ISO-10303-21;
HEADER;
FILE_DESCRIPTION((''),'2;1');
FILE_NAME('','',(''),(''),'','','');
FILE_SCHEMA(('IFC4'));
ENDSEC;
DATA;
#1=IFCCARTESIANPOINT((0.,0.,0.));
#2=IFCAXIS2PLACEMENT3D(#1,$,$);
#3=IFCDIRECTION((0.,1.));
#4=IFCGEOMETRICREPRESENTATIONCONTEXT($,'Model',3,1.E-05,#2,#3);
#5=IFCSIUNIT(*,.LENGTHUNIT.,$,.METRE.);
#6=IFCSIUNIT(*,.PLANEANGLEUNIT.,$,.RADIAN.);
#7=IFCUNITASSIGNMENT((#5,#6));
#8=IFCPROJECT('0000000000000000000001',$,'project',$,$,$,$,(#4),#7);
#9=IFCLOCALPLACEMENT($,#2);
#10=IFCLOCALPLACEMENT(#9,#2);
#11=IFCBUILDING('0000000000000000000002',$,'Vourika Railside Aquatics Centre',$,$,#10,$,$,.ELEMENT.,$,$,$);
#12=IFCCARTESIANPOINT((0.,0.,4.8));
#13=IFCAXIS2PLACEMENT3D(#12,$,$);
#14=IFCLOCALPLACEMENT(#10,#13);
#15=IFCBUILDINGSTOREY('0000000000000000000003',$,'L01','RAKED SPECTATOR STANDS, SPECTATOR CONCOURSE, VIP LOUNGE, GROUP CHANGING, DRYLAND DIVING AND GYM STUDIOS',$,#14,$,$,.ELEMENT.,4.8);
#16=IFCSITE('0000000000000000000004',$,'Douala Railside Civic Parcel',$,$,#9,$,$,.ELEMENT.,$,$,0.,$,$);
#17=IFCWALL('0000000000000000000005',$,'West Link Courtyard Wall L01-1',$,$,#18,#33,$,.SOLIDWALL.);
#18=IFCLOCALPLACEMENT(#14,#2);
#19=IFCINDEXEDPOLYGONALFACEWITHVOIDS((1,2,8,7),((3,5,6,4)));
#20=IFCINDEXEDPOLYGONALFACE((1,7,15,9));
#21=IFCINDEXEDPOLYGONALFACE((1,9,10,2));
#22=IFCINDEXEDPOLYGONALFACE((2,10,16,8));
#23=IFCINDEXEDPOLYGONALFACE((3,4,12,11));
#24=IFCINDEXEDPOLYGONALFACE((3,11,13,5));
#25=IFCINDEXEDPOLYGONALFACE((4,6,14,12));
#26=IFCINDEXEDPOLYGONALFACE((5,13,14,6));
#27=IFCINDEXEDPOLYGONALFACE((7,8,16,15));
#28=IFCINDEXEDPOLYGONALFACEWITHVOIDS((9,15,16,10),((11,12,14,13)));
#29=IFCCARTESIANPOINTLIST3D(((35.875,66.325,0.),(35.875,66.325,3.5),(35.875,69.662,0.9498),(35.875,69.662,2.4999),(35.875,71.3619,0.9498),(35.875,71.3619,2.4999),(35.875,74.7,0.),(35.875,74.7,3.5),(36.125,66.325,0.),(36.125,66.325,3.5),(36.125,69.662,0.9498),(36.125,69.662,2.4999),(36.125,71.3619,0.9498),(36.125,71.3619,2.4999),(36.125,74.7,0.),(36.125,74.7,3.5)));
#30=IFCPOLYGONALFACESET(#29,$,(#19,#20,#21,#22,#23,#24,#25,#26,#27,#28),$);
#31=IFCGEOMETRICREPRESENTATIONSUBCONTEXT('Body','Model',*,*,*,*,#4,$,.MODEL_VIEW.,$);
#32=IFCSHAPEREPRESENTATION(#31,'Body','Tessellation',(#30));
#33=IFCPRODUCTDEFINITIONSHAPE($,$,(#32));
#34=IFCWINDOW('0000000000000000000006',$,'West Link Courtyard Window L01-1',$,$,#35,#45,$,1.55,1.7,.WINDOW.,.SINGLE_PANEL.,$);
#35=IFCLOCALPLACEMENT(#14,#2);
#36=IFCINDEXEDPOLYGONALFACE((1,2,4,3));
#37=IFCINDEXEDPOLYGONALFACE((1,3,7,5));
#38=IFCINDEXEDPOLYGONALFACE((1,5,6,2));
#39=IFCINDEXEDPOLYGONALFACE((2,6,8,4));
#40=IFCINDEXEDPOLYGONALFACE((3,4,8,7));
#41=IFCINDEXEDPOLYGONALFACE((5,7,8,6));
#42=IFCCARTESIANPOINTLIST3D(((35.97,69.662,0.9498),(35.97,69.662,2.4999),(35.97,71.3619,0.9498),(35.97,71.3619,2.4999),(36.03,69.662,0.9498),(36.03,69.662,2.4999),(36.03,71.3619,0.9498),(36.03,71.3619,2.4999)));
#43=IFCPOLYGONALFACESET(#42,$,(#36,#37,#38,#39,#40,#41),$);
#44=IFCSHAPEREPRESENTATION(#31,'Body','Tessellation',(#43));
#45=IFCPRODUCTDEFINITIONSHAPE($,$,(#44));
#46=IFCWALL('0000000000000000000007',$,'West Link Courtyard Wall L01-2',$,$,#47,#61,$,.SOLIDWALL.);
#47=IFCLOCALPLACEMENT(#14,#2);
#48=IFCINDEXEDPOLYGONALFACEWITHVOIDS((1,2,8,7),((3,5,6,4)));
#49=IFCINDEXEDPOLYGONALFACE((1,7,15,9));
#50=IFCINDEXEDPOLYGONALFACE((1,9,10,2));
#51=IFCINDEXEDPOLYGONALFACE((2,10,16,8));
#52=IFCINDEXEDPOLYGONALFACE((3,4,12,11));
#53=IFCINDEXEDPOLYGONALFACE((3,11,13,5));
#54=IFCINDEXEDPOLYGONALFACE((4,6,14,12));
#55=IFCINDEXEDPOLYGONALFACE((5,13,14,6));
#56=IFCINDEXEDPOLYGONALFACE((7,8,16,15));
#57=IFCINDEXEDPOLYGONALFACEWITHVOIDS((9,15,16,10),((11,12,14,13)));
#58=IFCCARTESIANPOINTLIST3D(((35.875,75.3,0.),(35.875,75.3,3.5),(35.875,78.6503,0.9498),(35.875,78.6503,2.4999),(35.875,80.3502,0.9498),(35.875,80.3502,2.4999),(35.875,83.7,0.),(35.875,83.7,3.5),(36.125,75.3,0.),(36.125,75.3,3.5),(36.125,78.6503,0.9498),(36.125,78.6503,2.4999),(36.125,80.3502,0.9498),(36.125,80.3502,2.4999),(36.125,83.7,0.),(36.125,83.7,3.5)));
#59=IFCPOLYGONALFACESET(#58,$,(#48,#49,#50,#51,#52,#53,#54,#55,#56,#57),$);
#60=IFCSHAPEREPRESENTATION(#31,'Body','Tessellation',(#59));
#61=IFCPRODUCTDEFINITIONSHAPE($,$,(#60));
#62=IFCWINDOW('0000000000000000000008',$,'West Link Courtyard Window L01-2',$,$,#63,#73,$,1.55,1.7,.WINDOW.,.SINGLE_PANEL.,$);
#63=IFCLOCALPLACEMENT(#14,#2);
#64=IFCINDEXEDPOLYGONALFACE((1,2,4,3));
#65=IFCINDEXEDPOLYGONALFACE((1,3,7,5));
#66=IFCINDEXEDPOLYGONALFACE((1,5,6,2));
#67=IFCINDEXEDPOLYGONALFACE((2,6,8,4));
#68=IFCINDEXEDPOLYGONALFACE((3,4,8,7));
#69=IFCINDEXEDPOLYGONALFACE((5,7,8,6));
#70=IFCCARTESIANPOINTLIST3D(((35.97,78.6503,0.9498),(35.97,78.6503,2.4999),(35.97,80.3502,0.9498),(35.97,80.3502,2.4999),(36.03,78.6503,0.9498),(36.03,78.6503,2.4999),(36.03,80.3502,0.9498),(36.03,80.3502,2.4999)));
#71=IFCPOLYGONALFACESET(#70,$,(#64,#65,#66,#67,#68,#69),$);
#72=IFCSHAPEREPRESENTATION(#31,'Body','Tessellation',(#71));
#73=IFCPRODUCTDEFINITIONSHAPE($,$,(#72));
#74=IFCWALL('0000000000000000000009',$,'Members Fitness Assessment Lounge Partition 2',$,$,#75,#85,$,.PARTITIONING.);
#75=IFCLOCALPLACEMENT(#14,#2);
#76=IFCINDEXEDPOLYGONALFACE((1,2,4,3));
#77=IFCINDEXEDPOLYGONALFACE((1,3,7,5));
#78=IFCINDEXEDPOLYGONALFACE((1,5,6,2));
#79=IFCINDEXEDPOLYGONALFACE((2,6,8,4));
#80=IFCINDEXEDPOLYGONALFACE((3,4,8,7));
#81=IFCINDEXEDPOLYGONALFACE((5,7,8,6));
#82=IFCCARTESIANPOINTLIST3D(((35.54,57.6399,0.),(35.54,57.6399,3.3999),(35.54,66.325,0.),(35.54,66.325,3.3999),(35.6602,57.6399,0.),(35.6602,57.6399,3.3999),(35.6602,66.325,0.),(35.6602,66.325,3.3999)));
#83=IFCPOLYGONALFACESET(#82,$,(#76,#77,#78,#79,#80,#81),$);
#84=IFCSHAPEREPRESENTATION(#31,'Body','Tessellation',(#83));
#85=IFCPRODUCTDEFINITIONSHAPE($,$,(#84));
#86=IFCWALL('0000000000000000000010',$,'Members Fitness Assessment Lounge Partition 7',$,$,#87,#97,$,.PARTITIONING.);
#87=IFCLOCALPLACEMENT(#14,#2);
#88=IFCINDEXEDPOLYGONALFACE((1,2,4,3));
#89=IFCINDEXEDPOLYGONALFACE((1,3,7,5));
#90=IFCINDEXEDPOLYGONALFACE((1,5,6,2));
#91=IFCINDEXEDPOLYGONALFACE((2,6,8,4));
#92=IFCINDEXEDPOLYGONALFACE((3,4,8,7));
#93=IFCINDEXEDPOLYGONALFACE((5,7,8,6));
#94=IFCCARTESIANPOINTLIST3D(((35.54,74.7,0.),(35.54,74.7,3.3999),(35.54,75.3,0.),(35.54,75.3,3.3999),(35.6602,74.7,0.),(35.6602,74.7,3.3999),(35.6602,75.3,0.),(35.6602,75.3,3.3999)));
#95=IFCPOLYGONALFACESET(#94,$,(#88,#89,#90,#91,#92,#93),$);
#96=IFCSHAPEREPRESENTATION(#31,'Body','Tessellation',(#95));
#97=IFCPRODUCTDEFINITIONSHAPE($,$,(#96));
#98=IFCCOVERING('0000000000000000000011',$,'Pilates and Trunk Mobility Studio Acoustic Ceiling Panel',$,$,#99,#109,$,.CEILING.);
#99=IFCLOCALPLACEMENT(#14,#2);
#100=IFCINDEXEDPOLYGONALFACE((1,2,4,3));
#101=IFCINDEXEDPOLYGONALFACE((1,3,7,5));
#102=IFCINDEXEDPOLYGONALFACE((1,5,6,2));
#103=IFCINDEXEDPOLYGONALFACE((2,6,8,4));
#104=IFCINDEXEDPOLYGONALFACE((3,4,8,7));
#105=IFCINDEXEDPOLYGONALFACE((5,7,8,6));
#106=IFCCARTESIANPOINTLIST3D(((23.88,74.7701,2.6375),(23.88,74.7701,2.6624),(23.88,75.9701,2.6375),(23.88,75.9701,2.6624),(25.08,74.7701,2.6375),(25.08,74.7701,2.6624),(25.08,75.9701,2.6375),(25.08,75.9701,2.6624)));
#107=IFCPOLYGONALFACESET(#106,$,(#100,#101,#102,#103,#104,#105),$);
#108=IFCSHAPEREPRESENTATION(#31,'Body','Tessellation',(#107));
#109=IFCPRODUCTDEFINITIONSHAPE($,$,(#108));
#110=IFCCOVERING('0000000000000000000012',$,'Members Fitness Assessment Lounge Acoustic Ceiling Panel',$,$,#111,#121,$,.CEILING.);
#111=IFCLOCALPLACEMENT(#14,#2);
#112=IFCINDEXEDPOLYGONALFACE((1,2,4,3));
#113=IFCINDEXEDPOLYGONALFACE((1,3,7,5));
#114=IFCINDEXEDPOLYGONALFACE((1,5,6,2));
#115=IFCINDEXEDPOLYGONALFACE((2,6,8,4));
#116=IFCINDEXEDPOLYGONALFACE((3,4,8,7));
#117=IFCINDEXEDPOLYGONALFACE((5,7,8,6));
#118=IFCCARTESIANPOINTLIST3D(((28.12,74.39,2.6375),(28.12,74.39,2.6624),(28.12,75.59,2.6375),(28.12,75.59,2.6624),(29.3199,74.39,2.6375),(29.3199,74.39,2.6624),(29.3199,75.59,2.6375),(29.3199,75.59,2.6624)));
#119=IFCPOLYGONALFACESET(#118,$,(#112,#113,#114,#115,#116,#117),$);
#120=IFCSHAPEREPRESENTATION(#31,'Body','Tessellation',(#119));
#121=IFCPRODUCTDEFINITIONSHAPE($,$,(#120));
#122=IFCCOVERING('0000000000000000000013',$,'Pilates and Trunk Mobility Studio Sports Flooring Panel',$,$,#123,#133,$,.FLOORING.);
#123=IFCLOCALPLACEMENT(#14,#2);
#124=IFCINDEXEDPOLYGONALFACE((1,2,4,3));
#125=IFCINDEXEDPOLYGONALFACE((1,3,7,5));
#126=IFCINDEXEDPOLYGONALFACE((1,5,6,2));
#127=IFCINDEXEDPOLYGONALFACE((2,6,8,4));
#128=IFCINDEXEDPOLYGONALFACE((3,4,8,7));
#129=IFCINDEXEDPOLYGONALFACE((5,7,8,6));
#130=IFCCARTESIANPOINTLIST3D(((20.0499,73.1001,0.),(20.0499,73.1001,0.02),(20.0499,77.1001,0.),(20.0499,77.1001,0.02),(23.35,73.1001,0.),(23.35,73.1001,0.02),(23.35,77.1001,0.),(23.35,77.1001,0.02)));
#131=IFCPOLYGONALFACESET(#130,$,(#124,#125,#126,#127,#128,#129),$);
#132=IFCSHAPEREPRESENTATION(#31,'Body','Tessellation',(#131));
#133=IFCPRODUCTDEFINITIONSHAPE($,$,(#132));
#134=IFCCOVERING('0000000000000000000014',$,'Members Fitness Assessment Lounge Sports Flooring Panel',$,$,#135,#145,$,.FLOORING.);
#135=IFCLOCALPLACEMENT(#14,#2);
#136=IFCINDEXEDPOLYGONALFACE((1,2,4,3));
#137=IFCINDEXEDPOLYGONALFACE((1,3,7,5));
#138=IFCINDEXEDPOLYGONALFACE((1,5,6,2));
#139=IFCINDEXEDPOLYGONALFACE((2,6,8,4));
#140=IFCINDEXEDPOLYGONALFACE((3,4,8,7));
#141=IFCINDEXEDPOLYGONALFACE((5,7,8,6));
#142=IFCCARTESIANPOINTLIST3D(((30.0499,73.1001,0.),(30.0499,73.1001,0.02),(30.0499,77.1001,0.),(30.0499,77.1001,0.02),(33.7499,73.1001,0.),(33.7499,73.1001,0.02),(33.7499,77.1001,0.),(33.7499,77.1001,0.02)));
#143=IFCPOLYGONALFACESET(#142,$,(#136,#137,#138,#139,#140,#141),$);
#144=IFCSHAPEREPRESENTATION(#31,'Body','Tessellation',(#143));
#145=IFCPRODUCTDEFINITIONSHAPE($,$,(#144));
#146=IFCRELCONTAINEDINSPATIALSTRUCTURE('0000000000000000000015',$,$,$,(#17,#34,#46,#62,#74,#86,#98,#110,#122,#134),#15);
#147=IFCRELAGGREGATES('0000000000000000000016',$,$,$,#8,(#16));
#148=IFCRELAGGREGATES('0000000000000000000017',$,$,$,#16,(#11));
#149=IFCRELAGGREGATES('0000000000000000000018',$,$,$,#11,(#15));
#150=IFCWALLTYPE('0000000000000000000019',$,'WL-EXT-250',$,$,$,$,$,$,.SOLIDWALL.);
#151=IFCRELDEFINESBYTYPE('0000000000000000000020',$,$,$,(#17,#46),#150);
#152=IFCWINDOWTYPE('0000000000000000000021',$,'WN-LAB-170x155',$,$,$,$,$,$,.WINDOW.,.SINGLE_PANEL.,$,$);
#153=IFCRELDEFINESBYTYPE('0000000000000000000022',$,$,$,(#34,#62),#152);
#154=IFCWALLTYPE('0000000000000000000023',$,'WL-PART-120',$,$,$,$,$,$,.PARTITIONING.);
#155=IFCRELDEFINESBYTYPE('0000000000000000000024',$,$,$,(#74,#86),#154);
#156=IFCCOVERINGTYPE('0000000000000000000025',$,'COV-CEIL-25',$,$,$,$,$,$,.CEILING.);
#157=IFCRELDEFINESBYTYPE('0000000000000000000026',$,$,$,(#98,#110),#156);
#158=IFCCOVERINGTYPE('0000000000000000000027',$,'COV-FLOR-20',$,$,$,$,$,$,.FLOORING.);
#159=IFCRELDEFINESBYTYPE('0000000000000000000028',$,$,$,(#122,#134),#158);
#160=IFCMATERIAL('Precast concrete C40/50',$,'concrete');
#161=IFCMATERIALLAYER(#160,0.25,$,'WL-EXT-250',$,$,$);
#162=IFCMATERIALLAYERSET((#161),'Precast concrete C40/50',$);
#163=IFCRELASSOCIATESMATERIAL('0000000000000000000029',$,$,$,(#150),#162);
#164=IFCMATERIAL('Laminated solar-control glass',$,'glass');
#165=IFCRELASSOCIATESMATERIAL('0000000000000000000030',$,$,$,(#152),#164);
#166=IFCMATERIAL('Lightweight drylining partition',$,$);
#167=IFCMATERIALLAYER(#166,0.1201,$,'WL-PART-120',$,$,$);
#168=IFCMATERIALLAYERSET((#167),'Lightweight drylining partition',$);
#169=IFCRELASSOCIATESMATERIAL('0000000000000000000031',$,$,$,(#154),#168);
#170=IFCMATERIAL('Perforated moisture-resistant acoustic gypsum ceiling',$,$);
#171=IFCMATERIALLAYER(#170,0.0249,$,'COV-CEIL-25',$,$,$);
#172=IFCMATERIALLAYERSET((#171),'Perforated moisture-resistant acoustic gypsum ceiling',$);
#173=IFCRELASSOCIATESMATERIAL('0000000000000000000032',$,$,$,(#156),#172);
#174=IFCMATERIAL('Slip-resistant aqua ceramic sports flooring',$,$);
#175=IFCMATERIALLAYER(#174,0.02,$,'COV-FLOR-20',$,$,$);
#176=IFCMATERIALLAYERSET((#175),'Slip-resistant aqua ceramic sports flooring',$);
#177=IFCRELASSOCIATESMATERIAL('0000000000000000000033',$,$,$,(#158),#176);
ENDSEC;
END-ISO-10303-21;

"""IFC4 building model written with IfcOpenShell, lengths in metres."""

from ifc_helpers import new_model, si_unit, direction, frame, frame_2d, origin, origin_2d, place, context, subcontext, project, spatial, rectangle, extrude, material, layer, layer_set, type_object, element, fill, save


model = new_model("IFC4")

# Units and contexts
model_context = context("Model", 3, precision=1e-05, world=origin(), true_north=direction((0.0, 1.0)))
body_context = subcontext(model_context, "Body", "Model", "MODEL_VIEW")
ifc_project = project(units=[si_unit("LENGTHUNIT", "METRE"), si_unit("PLANEANGLEUNIT", "RADIAN")], contexts=[model_context])

# Site, building, storey
site_placement = place(None, origin())
site = spatial("IfcSite", under=ifc_project, at=site_placement, Name="Douala Railside Civic Parcel", CompositionType="ELEMENT", RefElevation=0.0)
building_placement = place(site_placement, origin())
building = spatial("IfcBuilding", under=site, at=building_placement, Name="Vourika Railside Aquatics Centre", CompositionType="ELEMENT")
storey_placement = place(building_placement, frame((0.0, 0.0, 4.8)))
storey = spatial("IfcBuildingStorey", under=building, at=storey_placement, Name="L01", Description="RAKED SPECTATOR STANDS, SPECTATOR CONCOURSE, VIP LOUNGE, GROUP CHANGING, DRYLAND DIVING AND GYM STUDIOS", CompositionType="ELEMENT", Elevation=4.8)

# Walls, openings, windows
ifc_material_1 = material(Name="Precast concrete C40/50", Category="concrete")
ifc_layer_1 = layer(ifc_material_1, 0.25, Name="WL-EXT-250")
ifc_layer_set_1 = layer_set([ifc_layer_1], Name="Precast concrete C40/50")
wall_type_1 = type_object("IfcWallType", Name="WL-EXT-250", PredefinedType="SOLIDWALL", material=ifc_layer_set_1)
wall_1_placement = place(storey_placement, frame((36.0, 66.325, 0.0), z_axis=(0.0, 0.0, 1.0), x_axis=(0.0, 1.0, 0.0)))
wall_1 = element("IfcWall", 1, at=wall_1_placement, inside=storey, type_object=wall_type_1, Name="West Link Courtyard Wall L01-1", PredefinedType="SOLIDWALL", context=body_context, shape_type="SweptSolid", body=[
    extrude(rectangle(XDim=8.375, YDim=0.25, at=frame_2d((4.1875, 0.0))), origin(), (0.0, 0.0, 1.0), 3.5),
])
opening_1_placement = place(wall_1_placement, frame((3.3369, 0.0, 0.95)))
opening_1 = element("IfcOpeningElement", 2, at=opening_1_placement, cuts=wall_1, PredefinedType="OPENING", context=body_context, shape_type="SweptSolid", body=[
    extrude(rectangle(XDim=1.7, YDim=1.55, at=frame_2d((0.8501, 0.7749))), frame((0.0, 0.135, 0.0), z_axis=(0.0, -1.0, 0.0), x_axis=(1.0, 0.0, 0.0)), (0.0, 0.0, 1.0), 0.27),
])
ifc_material_2 = material(Name="Laminated solar-control glass", Category="glass")
window_type = type_object("IfcWindowType", Name="WN-LAB-170x155", PartitioningType="SINGLE_PANEL", PredefinedType="WINDOW", material=ifc_material_2)
window_1_placement = place(opening_1_placement, origin())
window_1 = element("IfcWindow", 3, at=window_1_placement, inside=storey, type_object=window_type, Name="West Link Courtyard Window L01-1", OverallHeight=1.55, OverallWidth=1.7, PartitioningType="SINGLE_PANEL", PredefinedType="WINDOW", context=body_context, shape_type="SweptSolid", body=[
    extrude(rectangle(XDim=1.7, YDim=1.55, at=frame_2d((0.8501, 0.7749))), frame((0.0, 0.03, 0.0), z_axis=(0.0, -1.0, 0.0), x_axis=(1.0, 0.0, 0.0)), (0.0, 0.0, 1.0), 0.0601),
])
fill(opening_1, window_1)
wall_2_placement = place(storey_placement, frame((36.0, 75.3, 0.0), z_axis=(0.0, 0.0, 1.0), x_axis=(0.0, 1.0, 0.0)))
wall_2 = element("IfcWall", 4, at=wall_2_placement, inside=storey, type_object=wall_type_1, Name="West Link Courtyard Wall L01-2", PredefinedType="SOLIDWALL", context=body_context, shape_type="SweptSolid", body=[
    extrude(rectangle(XDim=8.3999, YDim=0.25, at=frame_2d((4.2, 0.0))), origin(), (0.0, 0.0, 1.0), 3.5),
])
opening_2_placement = place(wall_2_placement, frame((3.3501, 0.0, 0.95)))
opening_2 = element("IfcOpeningElement", 5, at=opening_2_placement, cuts=wall_2, PredefinedType="OPENING", context=body_context, shape_type="SweptSolid", body=[
    extrude(rectangle(XDim=1.7, YDim=1.55, at=frame_2d((0.8501, 0.7749))), frame((0.0, 0.135, 0.0), z_axis=(0.0, -1.0, 0.0), x_axis=(1.0, 0.0, 0.0)), (0.0, 0.0, 1.0), 0.27),
])
window_2_placement = place(opening_2_placement, origin())
window_2 = element("IfcWindow", 6, at=window_2_placement, inside=storey, type_object=window_type, Name="West Link Courtyard Window L01-2", OverallHeight=1.55, OverallWidth=1.7, PartitioningType="SINGLE_PANEL", PredefinedType="WINDOW", context=body_context, shape_type="SweptSolid", body=[
    extrude(rectangle(XDim=1.7, YDim=1.55, at=frame_2d((0.8501, 0.7749))), frame((0.0, 0.03, 0.0), z_axis=(0.0, -1.0, 0.0), x_axis=(1.0, 0.0, 0.0)), (0.0, 0.0, 1.0), 0.0601),
])
fill(opening_2, window_2)

# Walls
ifc_material_3 = material(Name="Lightweight drylining partition")
ifc_layer_2 = layer(ifc_material_3, 0.1201, Name="WL-PART-120")
ifc_layer_set_2 = layer_set([ifc_layer_2], Name="Lightweight drylining partition")
wall_type_2 = type_object("IfcWallType", Name="WL-PART-120", PredefinedType="PARTITIONING", material=ifc_layer_set_2)
wall_3_placement = place(storey_placement, frame((35.6001, 66.325, 0.0), z_axis=(0.0, 0.0, 1.0), x_axis=(0.0, -1.0, 0.0)))
element("IfcWall", 7, at=wall_3_placement, inside=storey, type_object=wall_type_2, Name="Members Fitness Assessment Lounge Partition 2", PredefinedType="PARTITIONING", context=body_context, shape_type="SweptSolid", body=[
    extrude(rectangle(XDim=8.6851, YDim=0.1201, at=frame_2d((4.3425, 0.0))), origin(), (0.0, 0.0, 1.0), 3.3999),
])
wall_4_placement = place(storey_placement, frame((35.6001, 75.3, 0.0), z_axis=(0.0, 0.0, 1.0), x_axis=(0.0, -1.0, 0.0)))
element("IfcWall", 8, at=wall_4_placement, inside=storey, type_object=wall_type_2, Name="Members Fitness Assessment Lounge Partition 7", PredefinedType="PARTITIONING", context=body_context, shape_type="SweptSolid", body=[
    extrude(rectangle(XDim=0.6001, YDim=0.1201, at=frame_2d((0.3, 0.0))), origin(), (0.0, 0.0, 1.0), 3.3999),
])

# Coverings
ifc_material_4 = material(Name="Perforated moisture-resistant acoustic gypsum ceiling")
ifc_layer_3 = layer(ifc_material_4, 0.0249, Name="COV-CEIL-25")
ifc_layer_set_3 = layer_set([ifc_layer_3], Name="Perforated moisture-resistant acoustic gypsum ceiling")
covering_type_1 = type_object("IfcCoveringType", Name="COV-CEIL-25", PredefinedType="CEILING", material=ifc_layer_set_3)
for number, where, z_axis, x_axis, name in (
    (9, (24.48, 75.3701, 2.6375), (0.0, 0.0, 1.0), (1.0, 0.0, 0.0), "Pilates and Trunk Mobility Studio Acoustic Ceiling Panel"),
    (10, (28.72, 74.99, 2.6375), (0.0, 0.0, 1.0), (1.0, 0.0, 0.0), "Members Fitness Assessment Lounge Acoustic Ceiling Panel"),
):
    element("IfcCovering", number, at=place(storey_placement, frame(where, z_axis=z_axis, x_axis=x_axis)), inside=storey, type_object=covering_type_1, Name=name, PredefinedType="CEILING", context=body_context, shape_type="SweptSolid", body=[
        extrude(rectangle(XDim=1.2, YDim=1.2, at=origin_2d()), origin(), (0.0, 0.0, 1.0), 0.0249),
    ])
ifc_material_5 = material(Name="Slip-resistant aqua ceramic sports flooring")
ifc_layer_4 = layer(ifc_material_5, 0.02, Name="COV-FLOR-20")
ifc_layer_set_4 = layer_set([ifc_layer_4], Name="Slip-resistant aqua ceramic sports flooring")
covering_type_2 = type_object("IfcCoveringType", Name="COV-FLOR-20", PredefinedType="FLOORING", material=ifc_layer_set_4)
covering_1_placement = place(storey_placement, frame((21.7, 75.1001, 0.0), z_axis=(0.0, 0.0, 1.0), x_axis=(1.0, 0.0, 0.0)))
element("IfcCovering", 11, at=covering_1_placement, inside=storey, type_object=covering_type_2, Name="Pilates and Trunk Mobility Studio Sports Flooring Panel", PredefinedType="FLOORING", context=body_context, shape_type="SweptSolid", body=[
    extrude(rectangle(XDim=3.3, YDim=4.0, at=origin_2d()), origin(), (0.0, 0.0, 1.0), 0.02),
])
covering_2_placement = place(storey_placement, frame((31.8999, 75.1001, 0.0), z_axis=(0.0, 0.0, 1.0), x_axis=(1.0, 0.0, 0.0)))
element("IfcCovering", 12, at=covering_2_placement, inside=storey, type_object=covering_type_2, Name="Members Fitness Assessment Lounge Sports Flooring Panel", PredefinedType="FLOORING", context=body_context, shape_type="SweptSolid", body=[
    extrude(rectangle(XDim=3.7, YDim=4.0, at=origin_2d()), origin(), (0.0, 0.0, 1.0), 0.02),
])

save(model, "model.ifc")
